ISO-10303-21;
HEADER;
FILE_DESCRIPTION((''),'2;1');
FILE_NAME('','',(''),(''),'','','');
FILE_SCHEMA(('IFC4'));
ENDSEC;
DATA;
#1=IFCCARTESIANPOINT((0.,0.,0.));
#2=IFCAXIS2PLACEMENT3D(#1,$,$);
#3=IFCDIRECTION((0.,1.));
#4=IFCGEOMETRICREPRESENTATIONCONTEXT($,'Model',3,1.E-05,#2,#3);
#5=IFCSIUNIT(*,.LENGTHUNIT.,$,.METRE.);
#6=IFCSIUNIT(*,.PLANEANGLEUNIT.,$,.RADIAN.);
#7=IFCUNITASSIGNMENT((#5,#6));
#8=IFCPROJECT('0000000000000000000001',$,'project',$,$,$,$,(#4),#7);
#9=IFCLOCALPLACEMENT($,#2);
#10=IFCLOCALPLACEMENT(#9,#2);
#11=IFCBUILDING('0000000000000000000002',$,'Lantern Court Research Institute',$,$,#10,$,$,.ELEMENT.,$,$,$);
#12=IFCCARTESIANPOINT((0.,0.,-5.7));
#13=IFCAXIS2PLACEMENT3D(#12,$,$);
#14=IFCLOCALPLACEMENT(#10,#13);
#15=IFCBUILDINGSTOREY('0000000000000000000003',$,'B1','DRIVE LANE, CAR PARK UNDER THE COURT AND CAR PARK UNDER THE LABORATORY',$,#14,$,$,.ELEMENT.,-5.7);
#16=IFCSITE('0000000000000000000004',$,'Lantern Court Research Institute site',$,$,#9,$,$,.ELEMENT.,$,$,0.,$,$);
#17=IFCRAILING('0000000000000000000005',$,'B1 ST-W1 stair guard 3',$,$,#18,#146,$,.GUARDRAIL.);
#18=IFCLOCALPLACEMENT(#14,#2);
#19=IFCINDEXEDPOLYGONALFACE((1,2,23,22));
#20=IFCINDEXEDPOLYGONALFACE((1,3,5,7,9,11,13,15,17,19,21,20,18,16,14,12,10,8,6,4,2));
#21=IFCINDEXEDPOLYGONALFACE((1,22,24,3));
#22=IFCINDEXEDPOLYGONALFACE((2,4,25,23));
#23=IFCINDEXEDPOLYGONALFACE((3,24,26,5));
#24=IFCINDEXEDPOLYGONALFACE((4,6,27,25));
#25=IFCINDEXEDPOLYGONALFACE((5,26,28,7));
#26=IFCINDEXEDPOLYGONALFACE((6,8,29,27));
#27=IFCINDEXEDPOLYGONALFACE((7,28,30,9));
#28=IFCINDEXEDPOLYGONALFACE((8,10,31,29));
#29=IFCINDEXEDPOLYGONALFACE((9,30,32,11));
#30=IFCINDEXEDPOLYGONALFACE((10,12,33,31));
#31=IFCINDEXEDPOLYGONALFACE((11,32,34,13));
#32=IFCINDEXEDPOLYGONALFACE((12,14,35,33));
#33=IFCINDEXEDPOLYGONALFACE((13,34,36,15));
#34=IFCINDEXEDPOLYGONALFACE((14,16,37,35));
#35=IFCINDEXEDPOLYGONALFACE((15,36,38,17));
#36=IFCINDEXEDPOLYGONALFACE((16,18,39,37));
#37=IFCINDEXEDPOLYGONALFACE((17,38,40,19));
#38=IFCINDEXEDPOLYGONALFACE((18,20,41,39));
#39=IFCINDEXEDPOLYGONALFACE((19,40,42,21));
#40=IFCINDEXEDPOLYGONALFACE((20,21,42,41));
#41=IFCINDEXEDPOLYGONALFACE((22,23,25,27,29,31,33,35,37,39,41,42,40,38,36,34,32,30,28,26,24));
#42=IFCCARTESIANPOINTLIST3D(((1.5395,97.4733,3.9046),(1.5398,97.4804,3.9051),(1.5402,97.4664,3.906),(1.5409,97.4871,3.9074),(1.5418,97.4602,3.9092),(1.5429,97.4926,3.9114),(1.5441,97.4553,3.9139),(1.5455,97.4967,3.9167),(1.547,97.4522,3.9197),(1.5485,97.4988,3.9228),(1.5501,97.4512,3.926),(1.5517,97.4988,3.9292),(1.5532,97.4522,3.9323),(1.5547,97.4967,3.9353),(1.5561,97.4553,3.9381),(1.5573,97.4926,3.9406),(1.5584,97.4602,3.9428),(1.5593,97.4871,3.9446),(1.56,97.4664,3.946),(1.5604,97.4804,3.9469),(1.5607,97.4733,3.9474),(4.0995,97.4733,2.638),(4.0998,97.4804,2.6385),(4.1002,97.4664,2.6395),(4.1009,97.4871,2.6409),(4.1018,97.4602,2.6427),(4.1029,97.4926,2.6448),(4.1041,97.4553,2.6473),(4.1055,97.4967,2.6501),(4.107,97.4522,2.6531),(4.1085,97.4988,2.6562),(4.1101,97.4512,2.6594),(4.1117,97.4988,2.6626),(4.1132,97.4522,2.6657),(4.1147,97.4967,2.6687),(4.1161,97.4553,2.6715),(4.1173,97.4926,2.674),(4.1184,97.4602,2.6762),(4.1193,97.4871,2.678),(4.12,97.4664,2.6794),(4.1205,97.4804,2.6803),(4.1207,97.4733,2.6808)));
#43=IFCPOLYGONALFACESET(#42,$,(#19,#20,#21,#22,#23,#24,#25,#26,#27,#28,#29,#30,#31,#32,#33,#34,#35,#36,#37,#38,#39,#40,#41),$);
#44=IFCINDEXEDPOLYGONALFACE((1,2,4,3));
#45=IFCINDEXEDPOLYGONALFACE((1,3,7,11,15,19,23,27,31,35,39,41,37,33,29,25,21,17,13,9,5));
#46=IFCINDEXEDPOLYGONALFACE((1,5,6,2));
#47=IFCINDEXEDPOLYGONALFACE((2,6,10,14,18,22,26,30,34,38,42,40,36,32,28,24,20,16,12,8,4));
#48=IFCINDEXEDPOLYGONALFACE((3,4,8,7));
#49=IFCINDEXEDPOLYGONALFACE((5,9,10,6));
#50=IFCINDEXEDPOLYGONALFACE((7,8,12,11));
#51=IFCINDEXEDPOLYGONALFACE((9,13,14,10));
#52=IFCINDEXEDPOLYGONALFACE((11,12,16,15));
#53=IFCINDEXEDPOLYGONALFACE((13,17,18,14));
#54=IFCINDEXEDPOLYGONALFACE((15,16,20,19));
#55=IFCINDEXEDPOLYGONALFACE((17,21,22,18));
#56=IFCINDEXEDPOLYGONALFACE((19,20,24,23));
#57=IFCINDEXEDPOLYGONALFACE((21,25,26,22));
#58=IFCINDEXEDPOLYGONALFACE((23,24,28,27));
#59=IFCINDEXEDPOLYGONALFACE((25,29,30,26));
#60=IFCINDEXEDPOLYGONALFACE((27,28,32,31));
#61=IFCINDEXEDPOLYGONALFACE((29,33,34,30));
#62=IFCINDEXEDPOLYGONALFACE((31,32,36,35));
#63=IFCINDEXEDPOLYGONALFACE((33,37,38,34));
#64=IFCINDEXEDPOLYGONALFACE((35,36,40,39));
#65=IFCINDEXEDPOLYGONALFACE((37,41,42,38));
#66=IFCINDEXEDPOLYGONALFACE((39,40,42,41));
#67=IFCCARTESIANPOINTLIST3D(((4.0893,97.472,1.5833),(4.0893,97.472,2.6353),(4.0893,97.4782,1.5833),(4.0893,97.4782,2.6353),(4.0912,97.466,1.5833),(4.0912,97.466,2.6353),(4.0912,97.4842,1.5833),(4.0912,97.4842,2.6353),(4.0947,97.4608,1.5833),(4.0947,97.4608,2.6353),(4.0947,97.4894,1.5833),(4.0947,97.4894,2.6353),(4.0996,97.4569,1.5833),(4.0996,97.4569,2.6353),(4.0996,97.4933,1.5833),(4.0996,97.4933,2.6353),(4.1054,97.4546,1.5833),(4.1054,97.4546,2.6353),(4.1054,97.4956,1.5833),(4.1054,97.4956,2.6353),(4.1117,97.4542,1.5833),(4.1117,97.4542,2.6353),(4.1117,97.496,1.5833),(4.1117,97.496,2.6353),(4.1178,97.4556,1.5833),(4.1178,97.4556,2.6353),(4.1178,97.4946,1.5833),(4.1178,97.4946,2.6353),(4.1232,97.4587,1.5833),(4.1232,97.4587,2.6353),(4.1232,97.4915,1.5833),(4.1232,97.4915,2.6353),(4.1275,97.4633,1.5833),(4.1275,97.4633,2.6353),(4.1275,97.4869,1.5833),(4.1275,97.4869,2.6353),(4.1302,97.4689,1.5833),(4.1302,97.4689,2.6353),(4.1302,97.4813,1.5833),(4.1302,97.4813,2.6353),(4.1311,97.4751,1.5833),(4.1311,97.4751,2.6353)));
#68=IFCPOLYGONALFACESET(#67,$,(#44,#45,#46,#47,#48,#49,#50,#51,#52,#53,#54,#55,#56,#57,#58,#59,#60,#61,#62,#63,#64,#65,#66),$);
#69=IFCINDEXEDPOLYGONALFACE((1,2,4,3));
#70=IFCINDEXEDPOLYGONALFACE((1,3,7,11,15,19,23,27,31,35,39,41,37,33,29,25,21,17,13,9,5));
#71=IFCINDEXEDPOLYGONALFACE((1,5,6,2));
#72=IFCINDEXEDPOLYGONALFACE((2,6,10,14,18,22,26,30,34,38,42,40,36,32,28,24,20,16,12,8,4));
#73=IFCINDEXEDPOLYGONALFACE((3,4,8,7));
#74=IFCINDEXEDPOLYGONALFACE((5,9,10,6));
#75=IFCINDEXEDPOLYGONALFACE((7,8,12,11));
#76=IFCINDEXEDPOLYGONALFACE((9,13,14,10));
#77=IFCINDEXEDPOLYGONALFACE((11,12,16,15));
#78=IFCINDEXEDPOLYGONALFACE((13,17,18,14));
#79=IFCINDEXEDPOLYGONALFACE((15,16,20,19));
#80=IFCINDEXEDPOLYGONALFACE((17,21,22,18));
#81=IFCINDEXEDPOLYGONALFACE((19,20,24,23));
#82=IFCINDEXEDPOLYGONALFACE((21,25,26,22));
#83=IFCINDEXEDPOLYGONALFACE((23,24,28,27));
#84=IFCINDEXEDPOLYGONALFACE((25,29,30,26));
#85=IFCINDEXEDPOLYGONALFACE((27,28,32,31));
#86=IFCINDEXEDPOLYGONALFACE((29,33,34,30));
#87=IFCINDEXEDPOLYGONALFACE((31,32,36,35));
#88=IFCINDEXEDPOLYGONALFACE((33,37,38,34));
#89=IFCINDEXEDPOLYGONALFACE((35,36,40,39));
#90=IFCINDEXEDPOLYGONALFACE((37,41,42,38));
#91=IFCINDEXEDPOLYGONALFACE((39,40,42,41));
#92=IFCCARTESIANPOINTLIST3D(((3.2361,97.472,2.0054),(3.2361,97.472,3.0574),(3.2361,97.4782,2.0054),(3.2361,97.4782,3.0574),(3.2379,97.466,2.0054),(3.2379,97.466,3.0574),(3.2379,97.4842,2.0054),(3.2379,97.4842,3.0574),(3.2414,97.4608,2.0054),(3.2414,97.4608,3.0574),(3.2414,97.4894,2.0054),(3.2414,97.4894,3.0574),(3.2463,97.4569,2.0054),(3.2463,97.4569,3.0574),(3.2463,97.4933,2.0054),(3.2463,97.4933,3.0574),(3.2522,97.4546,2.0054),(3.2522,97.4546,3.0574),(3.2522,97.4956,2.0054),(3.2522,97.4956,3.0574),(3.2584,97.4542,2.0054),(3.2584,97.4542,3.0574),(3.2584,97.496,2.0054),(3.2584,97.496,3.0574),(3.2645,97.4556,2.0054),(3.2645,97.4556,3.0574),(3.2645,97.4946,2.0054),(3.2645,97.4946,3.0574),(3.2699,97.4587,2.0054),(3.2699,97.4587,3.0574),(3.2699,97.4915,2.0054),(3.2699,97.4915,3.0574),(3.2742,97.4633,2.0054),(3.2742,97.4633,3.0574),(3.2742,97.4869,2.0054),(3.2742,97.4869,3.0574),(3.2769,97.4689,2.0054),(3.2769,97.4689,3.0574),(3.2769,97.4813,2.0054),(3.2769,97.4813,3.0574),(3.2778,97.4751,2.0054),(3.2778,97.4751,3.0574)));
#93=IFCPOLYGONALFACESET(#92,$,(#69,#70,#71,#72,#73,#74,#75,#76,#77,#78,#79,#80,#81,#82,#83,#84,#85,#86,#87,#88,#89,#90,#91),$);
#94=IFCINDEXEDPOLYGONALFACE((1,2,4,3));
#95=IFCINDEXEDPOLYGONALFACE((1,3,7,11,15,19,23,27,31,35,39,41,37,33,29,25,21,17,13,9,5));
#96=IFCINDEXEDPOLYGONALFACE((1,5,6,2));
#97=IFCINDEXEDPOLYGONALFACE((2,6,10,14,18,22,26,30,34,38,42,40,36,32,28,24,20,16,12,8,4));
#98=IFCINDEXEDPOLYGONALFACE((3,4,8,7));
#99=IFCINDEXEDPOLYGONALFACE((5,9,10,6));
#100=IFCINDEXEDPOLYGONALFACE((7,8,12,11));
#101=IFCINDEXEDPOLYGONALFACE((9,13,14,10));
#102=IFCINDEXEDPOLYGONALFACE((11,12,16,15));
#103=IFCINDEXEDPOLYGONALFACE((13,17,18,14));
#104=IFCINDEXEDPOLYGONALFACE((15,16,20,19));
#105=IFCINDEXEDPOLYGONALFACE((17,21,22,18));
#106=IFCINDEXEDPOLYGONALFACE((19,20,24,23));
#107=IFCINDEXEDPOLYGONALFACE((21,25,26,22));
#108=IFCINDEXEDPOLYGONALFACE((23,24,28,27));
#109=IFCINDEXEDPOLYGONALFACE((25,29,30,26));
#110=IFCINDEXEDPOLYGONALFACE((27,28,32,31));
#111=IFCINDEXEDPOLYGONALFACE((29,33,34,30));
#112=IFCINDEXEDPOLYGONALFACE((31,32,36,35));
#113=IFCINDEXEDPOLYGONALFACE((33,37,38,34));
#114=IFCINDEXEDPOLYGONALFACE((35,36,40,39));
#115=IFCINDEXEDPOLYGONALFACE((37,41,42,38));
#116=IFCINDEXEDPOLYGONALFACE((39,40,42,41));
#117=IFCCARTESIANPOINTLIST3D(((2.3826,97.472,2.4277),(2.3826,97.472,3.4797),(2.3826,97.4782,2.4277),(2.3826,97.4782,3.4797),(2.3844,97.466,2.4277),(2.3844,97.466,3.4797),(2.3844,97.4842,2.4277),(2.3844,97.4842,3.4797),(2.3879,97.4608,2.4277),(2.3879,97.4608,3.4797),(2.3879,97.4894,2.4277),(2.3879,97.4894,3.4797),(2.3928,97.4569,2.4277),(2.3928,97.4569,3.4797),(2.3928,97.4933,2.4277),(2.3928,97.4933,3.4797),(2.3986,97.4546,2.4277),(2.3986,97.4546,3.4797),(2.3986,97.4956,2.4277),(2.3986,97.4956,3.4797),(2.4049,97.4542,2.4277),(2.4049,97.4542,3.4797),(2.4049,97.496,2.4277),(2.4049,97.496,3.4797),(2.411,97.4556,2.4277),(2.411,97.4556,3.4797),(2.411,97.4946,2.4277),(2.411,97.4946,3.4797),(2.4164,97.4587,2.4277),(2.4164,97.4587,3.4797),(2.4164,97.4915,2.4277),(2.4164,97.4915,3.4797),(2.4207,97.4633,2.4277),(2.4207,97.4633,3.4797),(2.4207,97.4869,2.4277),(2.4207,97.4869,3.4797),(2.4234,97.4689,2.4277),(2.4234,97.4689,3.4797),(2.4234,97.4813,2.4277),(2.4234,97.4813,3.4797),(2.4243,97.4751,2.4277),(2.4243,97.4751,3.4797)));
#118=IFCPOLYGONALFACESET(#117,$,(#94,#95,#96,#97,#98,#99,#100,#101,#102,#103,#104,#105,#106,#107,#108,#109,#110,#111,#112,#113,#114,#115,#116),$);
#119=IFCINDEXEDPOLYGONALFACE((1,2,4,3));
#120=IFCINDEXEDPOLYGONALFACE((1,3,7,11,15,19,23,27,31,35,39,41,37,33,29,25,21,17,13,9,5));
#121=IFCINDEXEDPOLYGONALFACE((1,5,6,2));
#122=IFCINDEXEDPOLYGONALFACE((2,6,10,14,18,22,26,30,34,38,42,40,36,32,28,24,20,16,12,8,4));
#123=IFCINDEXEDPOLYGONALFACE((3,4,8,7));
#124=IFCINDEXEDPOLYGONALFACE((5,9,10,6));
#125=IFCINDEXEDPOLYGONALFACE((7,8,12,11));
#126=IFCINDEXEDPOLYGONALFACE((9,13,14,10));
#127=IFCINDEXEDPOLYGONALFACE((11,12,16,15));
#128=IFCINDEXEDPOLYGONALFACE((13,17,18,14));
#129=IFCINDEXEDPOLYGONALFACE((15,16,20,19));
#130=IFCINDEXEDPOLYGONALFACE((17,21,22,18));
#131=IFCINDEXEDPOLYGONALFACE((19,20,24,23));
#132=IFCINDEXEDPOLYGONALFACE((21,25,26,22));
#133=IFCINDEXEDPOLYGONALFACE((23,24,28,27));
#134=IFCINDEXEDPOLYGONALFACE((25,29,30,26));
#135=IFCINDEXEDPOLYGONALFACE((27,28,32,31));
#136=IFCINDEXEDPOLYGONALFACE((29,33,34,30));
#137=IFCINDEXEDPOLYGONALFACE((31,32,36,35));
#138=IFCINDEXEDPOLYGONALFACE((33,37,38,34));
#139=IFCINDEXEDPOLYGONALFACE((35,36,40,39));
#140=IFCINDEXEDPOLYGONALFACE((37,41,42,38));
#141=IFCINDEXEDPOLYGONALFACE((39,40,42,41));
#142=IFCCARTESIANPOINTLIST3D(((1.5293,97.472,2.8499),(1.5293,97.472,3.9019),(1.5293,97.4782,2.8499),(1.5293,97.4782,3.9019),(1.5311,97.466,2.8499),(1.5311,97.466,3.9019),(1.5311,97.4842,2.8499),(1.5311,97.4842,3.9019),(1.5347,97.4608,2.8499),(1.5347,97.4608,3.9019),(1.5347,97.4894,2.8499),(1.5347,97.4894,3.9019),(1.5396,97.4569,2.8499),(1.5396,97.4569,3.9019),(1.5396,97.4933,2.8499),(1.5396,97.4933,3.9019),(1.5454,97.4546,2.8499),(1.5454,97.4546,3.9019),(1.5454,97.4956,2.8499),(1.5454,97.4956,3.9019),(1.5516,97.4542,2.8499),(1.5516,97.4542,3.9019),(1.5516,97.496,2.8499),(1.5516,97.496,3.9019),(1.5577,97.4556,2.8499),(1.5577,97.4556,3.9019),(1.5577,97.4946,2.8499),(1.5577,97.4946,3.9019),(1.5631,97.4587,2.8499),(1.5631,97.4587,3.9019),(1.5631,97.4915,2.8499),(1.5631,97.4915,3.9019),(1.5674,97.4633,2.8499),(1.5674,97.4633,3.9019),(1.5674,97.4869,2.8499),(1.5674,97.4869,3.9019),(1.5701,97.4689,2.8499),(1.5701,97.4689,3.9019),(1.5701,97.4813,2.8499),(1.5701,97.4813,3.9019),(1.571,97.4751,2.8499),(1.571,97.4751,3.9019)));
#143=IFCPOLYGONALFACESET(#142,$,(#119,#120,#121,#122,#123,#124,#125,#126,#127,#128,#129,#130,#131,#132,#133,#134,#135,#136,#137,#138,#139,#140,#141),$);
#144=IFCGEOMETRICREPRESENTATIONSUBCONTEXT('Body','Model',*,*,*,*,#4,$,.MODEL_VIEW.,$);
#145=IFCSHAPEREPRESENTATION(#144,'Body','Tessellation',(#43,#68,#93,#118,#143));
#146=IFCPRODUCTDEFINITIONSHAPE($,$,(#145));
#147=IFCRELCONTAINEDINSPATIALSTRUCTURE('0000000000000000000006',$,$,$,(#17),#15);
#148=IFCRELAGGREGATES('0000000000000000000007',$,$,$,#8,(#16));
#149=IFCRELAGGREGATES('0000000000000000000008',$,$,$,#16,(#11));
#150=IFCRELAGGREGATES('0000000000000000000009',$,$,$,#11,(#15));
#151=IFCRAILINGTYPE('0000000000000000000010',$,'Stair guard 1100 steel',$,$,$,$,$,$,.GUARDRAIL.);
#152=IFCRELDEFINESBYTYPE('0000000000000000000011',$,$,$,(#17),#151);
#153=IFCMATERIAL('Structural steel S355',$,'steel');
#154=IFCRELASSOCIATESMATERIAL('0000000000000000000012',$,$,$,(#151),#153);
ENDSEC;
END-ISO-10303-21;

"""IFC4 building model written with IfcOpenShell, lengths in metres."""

from ifc_helpers import new_model, si_unit, direction, frame, origin, origin_2d, place, context, subcontext, project, spatial, circle, extrude, material, type_object, element, save


model = new_model("IFC4")

# Units and contexts
model_context = context("Model", 3, precision=1e-05, world=origin(), true_north=direction((0.0, 1.0)))
body_context = subcontext(model_context, "Body", "Model", "MODEL_VIEW")
ifc_project = project(units=[si_unit("LENGTHUNIT", "METRE"), si_unit("PLANEANGLEUNIT", "RADIAN")], contexts=[model_context])

# Site, building, storey
site_placement = place(None, origin())
site = spatial("IfcSite", under=ifc_project, at=site_placement, Name="Lantern Court Research Institute site", CompositionType="ELEMENT", RefElevation=0.0)
building_placement = place(site_placement, origin())
building = spatial("IfcBuilding", under=site, at=building_placement, Name="Lantern Court Research Institute", CompositionType="ELEMENT")
storey_placement = place(building_placement, frame((0.0, 0.0, -5.7)))
storey = spatial("IfcBuildingStorey", under=building, at=storey_placement, Name="B1", Description="DRIVE LANE, CAR PARK UNDER THE COURT AND CAR PARK UNDER THE LABORATORY", CompositionType="ELEMENT", Elevation=-5.7)

# Railing
ifc_material_1 = material(Name="Structural steel S355", Category="steel")
railing_type_1 = type_object("IfcRailingType", Name="Stair guard 1100 steel", PredefinedType="GUARDRAIL", material=ifc_material_1)
railing_1_placement = place(storey_placement, frame((4.1101, 97.4751, 1.5833)))
element("IfcRailing", 1, at=railing_1_placement, inside=storey, type_object=railing_type_1, Name="B1 ST-W1 stair guard 3", PredefinedType="GUARDRAIL", context=body_context, shape_type="SweptSolid", body=[
    extrude(circle(Radius=0.0239, at=origin_2d()), frame((0.0, 0.0, 1.0762), z_axis=(-0.8963, 0.0, 0.443449), x_axis=(0.0, -1.0, 0.0)), (0.0, 0.0, 1.0), 2.8562),
    extrude(circle(Radius=0.021, at=origin_2d()), origin(), (0.0, 0.0, 1.0), 1.052),
    extrude(circle(Radius=0.021, at=origin_2d()), frame((-0.8533, 0.0, 0.4221)), (0.0, 0.0, 1.0), 1.052),
    extrude(circle(Radius=0.021, at=origin_2d()), frame((-1.7068, 0.0, 0.8445)), (0.0, 0.0, 1.0), 1.052),
    extrude(circle(Radius=0.021, at=origin_2d()), frame((-2.5601, 0.0, 1.2666)), (0.0, 0.0, 1.0), 1.052),
])

save(model, "model.ifc")
